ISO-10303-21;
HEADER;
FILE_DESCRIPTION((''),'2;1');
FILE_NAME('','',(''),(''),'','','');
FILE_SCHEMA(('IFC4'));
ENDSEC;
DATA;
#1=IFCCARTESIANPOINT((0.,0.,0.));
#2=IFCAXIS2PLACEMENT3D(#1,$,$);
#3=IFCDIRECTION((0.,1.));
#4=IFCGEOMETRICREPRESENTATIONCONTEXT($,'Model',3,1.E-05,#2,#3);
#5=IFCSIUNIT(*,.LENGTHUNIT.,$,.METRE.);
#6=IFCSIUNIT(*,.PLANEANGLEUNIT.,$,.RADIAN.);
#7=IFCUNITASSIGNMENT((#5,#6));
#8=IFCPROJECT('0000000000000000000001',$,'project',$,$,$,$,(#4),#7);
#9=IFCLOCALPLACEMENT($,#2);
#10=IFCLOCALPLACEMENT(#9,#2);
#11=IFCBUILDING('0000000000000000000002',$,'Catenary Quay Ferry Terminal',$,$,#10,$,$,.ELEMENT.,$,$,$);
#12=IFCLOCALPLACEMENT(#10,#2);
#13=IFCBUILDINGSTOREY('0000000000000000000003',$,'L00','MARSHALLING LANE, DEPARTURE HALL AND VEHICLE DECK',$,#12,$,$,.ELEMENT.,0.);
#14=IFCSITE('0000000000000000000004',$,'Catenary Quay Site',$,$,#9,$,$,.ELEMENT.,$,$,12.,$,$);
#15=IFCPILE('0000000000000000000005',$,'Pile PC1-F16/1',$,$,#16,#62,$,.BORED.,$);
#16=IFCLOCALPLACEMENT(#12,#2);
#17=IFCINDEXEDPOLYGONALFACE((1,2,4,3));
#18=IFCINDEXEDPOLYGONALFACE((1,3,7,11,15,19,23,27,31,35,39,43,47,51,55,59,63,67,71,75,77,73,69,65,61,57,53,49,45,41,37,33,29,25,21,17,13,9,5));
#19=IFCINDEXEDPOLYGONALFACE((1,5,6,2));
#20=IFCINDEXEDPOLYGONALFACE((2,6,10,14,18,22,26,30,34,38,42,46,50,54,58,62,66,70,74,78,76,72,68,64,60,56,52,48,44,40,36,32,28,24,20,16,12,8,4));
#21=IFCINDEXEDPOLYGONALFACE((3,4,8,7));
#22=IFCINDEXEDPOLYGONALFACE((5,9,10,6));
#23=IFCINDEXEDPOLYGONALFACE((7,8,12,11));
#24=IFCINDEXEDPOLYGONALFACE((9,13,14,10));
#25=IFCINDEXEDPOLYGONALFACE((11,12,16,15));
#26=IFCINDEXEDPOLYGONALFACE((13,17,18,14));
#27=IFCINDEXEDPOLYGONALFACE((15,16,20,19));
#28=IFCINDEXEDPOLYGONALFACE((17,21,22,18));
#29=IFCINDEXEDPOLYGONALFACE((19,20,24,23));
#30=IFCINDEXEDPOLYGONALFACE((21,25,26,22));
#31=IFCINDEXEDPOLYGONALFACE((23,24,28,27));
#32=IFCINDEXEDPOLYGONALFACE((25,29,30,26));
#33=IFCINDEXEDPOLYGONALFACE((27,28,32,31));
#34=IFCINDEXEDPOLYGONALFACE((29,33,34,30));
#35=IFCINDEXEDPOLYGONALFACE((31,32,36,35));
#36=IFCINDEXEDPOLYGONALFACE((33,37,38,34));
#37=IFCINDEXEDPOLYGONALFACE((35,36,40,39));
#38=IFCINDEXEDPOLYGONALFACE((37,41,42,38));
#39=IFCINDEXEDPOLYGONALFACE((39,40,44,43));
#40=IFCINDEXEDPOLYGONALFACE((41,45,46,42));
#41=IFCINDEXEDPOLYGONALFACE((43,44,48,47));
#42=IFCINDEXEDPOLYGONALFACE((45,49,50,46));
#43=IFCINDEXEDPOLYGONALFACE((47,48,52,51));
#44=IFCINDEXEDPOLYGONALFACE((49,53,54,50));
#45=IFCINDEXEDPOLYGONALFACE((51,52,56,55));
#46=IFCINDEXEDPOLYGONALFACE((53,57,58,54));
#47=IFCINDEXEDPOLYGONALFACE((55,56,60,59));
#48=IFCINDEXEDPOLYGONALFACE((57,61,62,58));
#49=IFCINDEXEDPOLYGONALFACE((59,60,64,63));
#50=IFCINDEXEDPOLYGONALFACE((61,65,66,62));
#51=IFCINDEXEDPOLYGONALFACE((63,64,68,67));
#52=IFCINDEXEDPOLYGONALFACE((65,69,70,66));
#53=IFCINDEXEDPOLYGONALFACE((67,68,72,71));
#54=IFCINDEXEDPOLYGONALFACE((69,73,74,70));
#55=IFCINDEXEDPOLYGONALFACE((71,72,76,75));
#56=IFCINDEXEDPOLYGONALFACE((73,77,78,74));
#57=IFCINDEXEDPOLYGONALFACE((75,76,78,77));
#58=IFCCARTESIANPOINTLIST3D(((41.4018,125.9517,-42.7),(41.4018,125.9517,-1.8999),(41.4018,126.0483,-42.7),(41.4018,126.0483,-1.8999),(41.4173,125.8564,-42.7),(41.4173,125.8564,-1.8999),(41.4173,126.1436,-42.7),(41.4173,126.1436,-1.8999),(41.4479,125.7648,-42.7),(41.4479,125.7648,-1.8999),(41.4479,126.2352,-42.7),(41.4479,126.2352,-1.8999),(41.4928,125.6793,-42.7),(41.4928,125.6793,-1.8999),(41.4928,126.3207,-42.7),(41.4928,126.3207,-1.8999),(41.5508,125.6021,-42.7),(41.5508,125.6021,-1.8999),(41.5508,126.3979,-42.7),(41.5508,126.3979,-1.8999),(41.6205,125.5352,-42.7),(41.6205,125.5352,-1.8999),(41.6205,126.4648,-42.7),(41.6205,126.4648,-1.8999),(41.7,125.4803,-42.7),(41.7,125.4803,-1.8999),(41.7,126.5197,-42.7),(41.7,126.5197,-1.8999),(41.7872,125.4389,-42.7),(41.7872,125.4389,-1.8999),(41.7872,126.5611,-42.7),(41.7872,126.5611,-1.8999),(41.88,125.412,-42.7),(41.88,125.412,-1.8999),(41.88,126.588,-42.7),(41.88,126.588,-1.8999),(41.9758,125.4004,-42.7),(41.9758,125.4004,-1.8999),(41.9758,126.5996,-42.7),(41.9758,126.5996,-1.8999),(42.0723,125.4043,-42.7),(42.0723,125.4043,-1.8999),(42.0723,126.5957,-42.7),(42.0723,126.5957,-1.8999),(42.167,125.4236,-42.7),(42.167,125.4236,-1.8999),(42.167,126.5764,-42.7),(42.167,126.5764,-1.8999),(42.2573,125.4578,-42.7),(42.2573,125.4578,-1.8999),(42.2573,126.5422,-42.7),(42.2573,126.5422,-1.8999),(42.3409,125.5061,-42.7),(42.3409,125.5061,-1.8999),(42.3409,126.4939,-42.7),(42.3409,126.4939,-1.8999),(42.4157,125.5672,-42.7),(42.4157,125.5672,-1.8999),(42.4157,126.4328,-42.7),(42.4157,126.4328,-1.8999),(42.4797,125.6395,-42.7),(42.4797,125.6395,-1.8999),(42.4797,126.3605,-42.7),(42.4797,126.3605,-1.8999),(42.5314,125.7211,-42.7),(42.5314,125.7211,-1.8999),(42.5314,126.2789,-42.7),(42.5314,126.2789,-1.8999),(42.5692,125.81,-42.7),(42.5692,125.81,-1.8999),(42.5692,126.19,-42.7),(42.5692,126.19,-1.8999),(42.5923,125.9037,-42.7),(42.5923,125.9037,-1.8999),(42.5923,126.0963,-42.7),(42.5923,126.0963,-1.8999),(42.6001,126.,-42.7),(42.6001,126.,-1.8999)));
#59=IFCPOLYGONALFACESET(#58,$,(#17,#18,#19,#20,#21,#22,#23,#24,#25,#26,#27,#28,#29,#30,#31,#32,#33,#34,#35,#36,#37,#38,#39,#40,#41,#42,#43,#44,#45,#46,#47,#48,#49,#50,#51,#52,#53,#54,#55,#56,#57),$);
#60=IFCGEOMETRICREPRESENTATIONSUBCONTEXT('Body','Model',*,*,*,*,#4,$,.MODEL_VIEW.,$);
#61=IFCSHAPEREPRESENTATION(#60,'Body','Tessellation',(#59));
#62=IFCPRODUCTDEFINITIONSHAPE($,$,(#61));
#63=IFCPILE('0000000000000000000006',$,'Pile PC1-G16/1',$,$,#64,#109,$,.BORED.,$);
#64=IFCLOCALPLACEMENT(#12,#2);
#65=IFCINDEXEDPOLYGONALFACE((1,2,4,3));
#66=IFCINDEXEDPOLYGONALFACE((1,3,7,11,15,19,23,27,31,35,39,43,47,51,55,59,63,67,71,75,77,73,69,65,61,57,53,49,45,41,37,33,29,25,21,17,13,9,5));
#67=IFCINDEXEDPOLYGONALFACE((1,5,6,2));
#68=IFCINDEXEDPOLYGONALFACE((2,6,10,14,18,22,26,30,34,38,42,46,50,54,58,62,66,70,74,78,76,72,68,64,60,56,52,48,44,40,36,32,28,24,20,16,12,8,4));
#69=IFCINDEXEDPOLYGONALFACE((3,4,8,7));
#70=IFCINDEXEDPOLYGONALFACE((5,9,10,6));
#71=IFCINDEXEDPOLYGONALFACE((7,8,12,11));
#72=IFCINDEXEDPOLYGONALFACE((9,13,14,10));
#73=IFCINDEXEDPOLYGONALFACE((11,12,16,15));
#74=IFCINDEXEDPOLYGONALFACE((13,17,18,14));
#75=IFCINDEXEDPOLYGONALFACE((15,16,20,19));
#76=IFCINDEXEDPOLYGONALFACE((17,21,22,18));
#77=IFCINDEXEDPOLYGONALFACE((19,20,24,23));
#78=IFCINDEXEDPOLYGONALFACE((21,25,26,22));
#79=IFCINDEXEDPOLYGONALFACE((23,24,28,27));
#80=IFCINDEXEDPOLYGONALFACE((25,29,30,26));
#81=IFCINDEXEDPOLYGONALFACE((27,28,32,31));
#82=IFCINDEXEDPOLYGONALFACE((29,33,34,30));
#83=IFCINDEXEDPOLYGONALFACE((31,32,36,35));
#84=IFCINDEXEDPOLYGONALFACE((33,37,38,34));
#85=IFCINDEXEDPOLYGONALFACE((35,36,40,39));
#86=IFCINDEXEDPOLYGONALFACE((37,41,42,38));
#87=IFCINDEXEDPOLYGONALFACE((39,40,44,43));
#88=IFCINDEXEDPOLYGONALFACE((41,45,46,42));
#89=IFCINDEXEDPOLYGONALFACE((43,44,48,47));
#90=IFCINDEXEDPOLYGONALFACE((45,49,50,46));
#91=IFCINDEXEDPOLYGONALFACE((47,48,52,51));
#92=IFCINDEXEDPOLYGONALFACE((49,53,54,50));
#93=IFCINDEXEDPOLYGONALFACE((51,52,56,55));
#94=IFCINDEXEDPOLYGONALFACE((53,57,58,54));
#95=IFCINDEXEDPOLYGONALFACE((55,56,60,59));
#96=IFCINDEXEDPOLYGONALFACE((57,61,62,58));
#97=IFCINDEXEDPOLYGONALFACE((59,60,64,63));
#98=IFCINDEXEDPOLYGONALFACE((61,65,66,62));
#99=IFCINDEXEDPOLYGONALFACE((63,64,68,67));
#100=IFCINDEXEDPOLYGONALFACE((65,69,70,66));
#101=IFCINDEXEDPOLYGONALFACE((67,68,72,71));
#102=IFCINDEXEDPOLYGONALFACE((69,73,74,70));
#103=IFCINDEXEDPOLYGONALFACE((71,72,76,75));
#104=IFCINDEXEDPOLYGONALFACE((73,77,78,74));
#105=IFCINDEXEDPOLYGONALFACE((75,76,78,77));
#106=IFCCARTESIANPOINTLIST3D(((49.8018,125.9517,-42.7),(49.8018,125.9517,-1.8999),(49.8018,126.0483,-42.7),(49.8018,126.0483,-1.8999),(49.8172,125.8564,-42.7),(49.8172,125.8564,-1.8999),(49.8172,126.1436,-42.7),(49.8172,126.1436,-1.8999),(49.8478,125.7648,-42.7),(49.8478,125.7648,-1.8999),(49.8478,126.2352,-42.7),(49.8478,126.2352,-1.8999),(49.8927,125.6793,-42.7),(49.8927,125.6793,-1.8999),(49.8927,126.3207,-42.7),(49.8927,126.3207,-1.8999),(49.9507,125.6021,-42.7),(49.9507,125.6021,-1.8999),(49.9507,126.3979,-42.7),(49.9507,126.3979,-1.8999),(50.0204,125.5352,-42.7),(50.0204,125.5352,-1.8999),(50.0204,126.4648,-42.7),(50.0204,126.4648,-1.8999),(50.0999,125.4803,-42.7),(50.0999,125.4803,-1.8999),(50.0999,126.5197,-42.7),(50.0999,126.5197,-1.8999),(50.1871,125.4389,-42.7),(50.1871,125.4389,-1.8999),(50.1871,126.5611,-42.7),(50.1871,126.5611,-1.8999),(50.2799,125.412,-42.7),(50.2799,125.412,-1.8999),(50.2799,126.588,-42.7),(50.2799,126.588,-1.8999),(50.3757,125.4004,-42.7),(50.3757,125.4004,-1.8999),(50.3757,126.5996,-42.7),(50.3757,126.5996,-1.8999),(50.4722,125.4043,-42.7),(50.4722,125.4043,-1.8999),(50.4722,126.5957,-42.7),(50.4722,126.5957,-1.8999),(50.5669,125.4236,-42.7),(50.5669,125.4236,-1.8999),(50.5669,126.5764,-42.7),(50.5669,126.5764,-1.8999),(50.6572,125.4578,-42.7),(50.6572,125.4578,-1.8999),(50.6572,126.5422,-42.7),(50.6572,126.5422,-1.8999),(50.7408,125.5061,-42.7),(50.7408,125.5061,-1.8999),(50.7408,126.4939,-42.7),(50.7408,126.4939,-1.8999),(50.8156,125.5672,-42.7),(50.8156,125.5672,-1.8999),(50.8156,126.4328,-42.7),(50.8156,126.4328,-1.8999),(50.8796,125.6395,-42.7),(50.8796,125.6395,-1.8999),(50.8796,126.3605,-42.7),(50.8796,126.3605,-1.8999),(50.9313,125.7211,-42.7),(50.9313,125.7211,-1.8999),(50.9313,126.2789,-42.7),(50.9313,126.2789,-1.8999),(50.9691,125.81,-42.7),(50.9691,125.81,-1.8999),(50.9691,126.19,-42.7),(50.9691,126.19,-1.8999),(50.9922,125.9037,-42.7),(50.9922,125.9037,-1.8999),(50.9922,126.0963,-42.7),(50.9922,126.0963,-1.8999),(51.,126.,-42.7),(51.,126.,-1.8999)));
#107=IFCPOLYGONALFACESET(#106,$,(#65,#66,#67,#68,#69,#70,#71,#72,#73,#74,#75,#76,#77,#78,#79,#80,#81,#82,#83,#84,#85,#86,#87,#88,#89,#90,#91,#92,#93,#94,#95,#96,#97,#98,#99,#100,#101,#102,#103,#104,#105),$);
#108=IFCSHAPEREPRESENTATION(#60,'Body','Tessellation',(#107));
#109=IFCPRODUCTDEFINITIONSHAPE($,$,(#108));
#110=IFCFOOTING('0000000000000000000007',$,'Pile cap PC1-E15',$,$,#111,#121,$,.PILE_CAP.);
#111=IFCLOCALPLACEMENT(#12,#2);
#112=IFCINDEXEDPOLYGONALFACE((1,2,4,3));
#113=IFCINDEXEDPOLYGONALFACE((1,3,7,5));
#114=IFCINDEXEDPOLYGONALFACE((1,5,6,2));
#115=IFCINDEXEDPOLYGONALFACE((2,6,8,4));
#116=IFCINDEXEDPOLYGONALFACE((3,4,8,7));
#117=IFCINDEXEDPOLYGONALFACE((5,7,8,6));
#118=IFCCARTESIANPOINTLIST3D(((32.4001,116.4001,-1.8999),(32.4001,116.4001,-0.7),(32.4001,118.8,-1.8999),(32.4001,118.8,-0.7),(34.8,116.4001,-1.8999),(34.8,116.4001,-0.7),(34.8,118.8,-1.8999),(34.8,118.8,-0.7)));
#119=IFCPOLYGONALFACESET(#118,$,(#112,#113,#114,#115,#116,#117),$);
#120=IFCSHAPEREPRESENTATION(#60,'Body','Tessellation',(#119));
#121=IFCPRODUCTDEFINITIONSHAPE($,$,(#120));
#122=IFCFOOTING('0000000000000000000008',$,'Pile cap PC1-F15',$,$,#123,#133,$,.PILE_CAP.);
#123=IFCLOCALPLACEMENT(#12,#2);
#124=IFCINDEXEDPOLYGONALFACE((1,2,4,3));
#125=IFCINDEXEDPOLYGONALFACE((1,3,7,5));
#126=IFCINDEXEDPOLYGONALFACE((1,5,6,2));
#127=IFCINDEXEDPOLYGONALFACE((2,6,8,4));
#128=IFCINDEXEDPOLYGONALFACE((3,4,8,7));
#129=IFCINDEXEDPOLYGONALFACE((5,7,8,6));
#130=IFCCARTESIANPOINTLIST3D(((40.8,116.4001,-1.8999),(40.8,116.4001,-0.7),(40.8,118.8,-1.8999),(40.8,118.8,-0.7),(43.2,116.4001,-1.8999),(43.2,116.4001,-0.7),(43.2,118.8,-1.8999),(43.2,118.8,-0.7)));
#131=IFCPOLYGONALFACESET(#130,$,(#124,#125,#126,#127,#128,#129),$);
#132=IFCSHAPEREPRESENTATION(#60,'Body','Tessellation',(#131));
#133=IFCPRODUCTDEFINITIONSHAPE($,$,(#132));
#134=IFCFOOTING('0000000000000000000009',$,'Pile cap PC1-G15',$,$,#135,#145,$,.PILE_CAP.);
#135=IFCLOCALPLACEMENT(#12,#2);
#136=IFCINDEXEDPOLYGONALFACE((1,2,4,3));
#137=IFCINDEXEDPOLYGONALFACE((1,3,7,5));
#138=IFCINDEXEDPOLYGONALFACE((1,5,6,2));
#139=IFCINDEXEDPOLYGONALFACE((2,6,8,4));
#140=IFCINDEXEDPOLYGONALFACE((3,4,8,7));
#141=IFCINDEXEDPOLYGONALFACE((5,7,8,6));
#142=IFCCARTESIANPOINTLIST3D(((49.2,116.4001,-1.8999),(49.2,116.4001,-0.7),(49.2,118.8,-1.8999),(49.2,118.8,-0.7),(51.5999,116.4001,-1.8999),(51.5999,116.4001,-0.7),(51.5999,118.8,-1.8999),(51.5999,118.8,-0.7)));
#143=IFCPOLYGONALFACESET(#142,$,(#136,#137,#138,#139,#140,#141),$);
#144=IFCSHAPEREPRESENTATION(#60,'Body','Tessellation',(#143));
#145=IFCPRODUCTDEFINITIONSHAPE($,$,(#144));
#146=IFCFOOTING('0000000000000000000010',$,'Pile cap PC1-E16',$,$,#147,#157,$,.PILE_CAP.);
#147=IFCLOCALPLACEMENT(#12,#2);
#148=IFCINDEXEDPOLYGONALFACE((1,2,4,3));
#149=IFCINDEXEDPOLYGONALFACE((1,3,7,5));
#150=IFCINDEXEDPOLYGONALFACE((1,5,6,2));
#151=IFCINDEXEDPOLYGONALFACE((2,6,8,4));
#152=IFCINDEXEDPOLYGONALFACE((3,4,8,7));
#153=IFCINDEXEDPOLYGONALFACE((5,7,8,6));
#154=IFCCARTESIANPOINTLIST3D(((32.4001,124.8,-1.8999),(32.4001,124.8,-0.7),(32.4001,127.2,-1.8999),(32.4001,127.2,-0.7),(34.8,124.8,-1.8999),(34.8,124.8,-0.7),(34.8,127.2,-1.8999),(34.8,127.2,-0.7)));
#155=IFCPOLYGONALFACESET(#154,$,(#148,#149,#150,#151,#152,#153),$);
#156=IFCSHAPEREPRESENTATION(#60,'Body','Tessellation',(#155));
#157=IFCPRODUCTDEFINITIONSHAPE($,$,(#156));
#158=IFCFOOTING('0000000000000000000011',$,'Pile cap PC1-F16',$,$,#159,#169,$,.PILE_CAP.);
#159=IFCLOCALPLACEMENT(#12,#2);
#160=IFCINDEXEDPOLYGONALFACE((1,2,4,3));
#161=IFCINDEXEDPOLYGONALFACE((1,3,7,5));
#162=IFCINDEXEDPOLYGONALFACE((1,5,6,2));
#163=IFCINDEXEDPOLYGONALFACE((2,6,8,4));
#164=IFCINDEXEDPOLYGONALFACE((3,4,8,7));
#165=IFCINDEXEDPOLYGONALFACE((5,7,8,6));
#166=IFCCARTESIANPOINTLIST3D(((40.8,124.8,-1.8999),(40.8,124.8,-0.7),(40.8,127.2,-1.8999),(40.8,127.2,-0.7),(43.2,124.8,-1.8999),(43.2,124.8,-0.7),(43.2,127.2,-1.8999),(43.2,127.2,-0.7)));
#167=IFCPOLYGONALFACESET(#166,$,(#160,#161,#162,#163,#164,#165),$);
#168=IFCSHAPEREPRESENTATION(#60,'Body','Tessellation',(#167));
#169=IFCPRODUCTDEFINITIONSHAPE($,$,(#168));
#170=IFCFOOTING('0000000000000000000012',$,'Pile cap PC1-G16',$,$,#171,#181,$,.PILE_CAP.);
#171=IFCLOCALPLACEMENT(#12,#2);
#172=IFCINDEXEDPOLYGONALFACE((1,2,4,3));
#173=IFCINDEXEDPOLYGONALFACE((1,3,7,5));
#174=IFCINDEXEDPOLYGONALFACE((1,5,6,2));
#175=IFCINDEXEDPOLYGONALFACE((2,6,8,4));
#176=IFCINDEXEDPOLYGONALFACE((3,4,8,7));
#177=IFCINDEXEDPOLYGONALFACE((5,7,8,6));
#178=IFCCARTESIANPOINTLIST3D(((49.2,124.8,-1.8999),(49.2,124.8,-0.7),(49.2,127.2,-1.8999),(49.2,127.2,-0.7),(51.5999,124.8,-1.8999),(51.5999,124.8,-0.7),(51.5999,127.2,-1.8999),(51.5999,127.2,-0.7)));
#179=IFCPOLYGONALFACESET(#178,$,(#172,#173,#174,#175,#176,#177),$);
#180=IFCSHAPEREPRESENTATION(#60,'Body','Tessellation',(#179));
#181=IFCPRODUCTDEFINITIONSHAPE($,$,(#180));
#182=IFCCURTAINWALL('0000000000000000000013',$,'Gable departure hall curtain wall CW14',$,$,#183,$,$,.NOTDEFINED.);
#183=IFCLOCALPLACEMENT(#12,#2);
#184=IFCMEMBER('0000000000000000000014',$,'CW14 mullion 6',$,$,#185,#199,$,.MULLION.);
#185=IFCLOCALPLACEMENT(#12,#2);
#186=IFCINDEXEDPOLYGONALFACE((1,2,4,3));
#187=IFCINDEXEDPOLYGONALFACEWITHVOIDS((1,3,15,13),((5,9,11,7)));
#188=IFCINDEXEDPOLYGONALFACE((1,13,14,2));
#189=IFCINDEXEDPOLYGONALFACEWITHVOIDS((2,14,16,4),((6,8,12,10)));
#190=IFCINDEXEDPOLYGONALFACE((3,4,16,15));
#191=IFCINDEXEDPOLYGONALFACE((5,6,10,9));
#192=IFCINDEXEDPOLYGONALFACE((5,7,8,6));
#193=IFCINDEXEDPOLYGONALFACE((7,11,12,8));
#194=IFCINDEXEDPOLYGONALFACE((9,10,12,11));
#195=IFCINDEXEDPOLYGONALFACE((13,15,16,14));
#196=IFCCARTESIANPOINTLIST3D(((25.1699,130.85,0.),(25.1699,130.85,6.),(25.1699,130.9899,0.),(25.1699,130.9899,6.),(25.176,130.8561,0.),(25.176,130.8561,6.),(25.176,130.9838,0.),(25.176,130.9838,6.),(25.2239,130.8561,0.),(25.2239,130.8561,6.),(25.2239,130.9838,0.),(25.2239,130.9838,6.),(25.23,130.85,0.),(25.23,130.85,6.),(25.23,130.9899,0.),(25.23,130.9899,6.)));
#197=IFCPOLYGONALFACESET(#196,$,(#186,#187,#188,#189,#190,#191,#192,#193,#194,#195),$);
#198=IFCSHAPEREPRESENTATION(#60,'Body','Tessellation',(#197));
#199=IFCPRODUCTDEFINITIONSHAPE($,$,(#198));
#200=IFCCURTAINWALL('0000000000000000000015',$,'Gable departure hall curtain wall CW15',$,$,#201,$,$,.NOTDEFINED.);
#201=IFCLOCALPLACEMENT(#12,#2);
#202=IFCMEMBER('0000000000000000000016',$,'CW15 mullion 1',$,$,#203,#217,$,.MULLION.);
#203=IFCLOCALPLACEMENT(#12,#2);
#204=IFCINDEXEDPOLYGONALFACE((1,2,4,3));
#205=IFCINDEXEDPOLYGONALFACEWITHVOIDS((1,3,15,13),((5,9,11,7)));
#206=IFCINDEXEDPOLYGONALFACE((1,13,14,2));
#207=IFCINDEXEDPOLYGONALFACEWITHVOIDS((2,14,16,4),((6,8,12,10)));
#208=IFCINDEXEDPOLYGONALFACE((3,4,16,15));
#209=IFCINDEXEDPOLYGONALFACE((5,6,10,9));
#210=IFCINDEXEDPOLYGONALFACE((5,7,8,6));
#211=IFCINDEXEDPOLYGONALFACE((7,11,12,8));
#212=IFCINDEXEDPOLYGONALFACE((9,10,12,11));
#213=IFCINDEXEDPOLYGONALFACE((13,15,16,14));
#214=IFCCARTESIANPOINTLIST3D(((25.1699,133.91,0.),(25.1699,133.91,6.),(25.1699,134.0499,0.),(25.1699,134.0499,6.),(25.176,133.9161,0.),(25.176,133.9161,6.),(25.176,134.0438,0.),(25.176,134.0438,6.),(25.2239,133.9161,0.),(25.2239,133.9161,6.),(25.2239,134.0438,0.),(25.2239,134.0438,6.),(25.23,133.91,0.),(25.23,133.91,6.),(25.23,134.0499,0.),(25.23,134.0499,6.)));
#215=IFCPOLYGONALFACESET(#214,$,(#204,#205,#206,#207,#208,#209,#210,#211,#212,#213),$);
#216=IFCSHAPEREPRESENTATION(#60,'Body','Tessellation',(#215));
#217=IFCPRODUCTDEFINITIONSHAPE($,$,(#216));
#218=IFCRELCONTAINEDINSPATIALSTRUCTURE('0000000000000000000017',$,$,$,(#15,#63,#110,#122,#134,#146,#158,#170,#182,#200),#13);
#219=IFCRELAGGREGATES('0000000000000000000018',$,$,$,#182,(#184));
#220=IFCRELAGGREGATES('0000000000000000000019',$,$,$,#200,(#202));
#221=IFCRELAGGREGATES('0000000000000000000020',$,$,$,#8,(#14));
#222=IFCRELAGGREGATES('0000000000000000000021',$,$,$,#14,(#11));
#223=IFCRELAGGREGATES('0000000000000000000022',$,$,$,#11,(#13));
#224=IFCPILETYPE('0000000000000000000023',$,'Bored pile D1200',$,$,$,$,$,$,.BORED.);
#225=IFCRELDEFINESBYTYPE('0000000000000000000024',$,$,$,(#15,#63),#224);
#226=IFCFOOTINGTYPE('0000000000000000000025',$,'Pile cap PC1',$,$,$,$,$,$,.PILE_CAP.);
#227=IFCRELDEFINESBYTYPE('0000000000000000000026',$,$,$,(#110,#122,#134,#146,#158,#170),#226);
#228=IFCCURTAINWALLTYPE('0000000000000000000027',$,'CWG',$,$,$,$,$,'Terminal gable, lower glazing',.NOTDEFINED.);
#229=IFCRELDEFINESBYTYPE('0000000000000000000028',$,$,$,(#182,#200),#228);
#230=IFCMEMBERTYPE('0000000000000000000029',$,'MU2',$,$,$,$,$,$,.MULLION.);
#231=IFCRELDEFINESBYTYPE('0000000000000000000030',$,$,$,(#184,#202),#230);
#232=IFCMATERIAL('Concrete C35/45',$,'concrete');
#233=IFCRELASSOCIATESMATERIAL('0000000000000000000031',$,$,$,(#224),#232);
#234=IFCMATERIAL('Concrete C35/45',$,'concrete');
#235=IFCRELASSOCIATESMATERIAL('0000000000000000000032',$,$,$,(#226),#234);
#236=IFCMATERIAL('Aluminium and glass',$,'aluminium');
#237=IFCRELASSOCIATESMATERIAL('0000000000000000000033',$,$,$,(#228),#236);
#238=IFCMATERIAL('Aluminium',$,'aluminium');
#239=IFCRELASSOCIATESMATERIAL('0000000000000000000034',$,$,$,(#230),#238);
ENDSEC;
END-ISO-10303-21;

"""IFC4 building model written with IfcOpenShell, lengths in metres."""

from ifc_helpers import new_model, si_unit, direction, frame, origin, origin_2d, place, context, subcontext, project, spatial, rectangle, hollow_rectangle, circle, extrude, material, material_profile, profile_set, type_object, element, aggregate, save


model = new_model("IFC4")

# Units and contexts
model_context = context("Model", 3, precision=1e-05, world=origin(), true_north=direction((0.0, 1.0)))
body_context = subcontext(model_context, "Body", "Model", "MODEL_VIEW")
ifc_project = project(units=[si_unit("LENGTHUNIT", "METRE"), si_unit("PLANEANGLEUNIT", "RADIAN")], contexts=[model_context])

# Site, building, storey
site_placement = place(None, origin())
site = spatial("IfcSite", under=ifc_project, at=site_placement, Name="Catenary Quay Site", CompositionType="ELEMENT", RefElevation=12.0)
building_placement = place(site_placement, origin())
building = spatial("IfcBuilding", under=site, at=building_placement, Name="Catenary Quay Ferry Terminal", CompositionType="ELEMENT")
storey_placement = place(building_placement, origin())
storey = spatial("IfcBuildingStorey", under=building, at=storey_placement, Name="L00", Description="MARSHALLING LANE, DEPARTURE HALL AND VEHICLE DECK", CompositionType="ELEMENT", Elevation=0.0)

# Piles
ifc_material_1 = material(Name="Concrete C35/45", Category="concrete")
ifc_material_profile_1 = material_profile(ifc_material_1, circle(Radius=0.6001, at=origin_2d()), Name="D1200")
ifc_profile_set_1 = profile_set([ifc_material_profile_1], Name="Concrete C35/45")
pile_type = type_object("IfcPileType", Name="Bored pile D1200", PredefinedType="BORED", material=ifc_profile_set_1)
for number, where, z_axis, x_axis, name in (
    (1, (42.0, 126.0, -1.8999), (0.0, 0.0, -1.0), (1.0, 0.0, 0.0), "Pile PC1-F16/1"),
    (2, (50.3999, 126.0, -1.8999), (0.0, 0.0, -1.0), (1.0, 0.0, 0.0), "Pile PC1-G16/1"),
):
    element("IfcPile", number, at=place(storey_placement, frame(where, z_axis=z_axis, x_axis=x_axis)), inside=storey, type_object=pile_type, Name=name, PredefinedType="BORED", context=body_context, shape_type="SweptSolid", body=[
        extrude(circle(Radius=0.6001, at=origin_2d()), origin(), (0.0, 0.0, 1.0), 40.8),
    ])

# Footings
ifc_material_2 = material(Name="Concrete C35/45", Category="concrete")
footing_type = type_object("IfcFootingType", Name="Pile cap PC1", PredefinedType="PILE_CAP", material=ifc_material_2)
for number, where, z_axis, x_axis, name in (
    (3, (33.6001, 117.6001, -1.8999), (0.0, 0.0, 1.0), (1.0, 0.0, 0.0), "Pile cap PC1-E15"),
    (4, (42.0, 117.6001, -1.8999), (0.0, 0.0, 1.0), (1.0, 0.0, 0.0), "Pile cap PC1-F15"),
    (5, (50.3999, 117.6001, -1.8999), (0.0, 0.0, 1.0), (1.0, 0.0, 0.0), "Pile cap PC1-G15"),
    (6, (33.6001, 126.0, -1.8999), (0.0, 0.0, 1.0), (1.0, 0.0, 0.0), "Pile cap PC1-E16"),
    (7, (42.0, 126.0, -1.8999), (0.0, 0.0, 1.0), (1.0, 0.0, 0.0), "Pile cap PC1-F16"),
    (8, (50.3999, 126.0, -1.8999), (0.0, 0.0, 1.0), (1.0, 0.0, 0.0), "Pile cap PC1-G16"),
):
    element("IfcFooting", number, at=place(storey_placement, frame(where, z_axis=z_axis, x_axis=x_axis)), inside=storey, type_object=footing_type, Name=name, PredefinedType="PILE_CAP", context=body_context, shape_type="SweptSolid", body=[
        extrude(rectangle(XDim=2.3999, YDim=2.3999, at=origin_2d()), origin(), (0.0, 0.0, 1.0), 1.2),
    ])

# Curtain wall, member
ifc_material_3 = material(Name="Aluminium and glass", Category="aluminium")
curtain_wall_type = type_object("IfcCurtainWallType", Name="CWG", ElementType="Terminal gable, lower glazing", PredefinedType="NOTDEFINED", material=ifc_material_3)
curtain_wall_1_placement = place(storey_placement, origin())
curtain_wall_1 = element("IfcCurtainWall", 9, at=curtain_wall_1_placement, inside=storey, type_object=curtain_wall_type, Name="Gable departure hall curtain wall CW14", PredefinedType="NOTDEFINED")
ifc_material_4 = material(Name="Aluminium", Category="aluminium")
ifc_material_profile_2 = material_profile(ifc_material_4, hollow_rectangle(XDim=0.0601, YDim=0.1399, WallThickness=0.0061, at=origin_2d()), Name="MU2")
ifc_profile_set_2 = profile_set([ifc_material_profile_2], Name="Aluminium")
member_type_1 = type_object("IfcMemberType", Name="MU2", PredefinedType="MULLION", material=ifc_profile_set_2)
member_1_placement = place(storey_placement, frame((25.2, 130.9199, 0.0), z_axis=(0.0, 0.0, 1.0), x_axis=(-1.0, 0.0, 0.0)))
member_1 = element("IfcMember", 10, at=member_1_placement, type_object=member_type_1, Name="CW14 mullion 6", PredefinedType="MULLION", context=body_context, shape_type="SweptSolid", body=[
    extrude(hollow_rectangle(XDim=0.0601, YDim=0.1399, WallThickness=0.0061, at=origin_2d()), origin(), (0.0, 0.0, 1.0), 6.0),
])
aggregate(curtain_wall_1, [member_1])

# Curtain wall, member
curtain_wall_2_placement = place(storey_placement, origin())
curtain_wall_2 = element("IfcCurtainWall", 11, at=curtain_wall_2_placement, inside=storey, type_object=curtain_wall_type, Name="Gable departure hall curtain wall CW15", PredefinedType="NOTDEFINED")
member_2_placement = place(storey_placement, frame((25.2, 133.98, 0.0), z_axis=(0.0, 0.0, 1.0), x_axis=(-1.0, 0.0, 0.0)))
member_2 = element("IfcMember", 12, at=member_2_placement, type_object=member_type_1, Name="CW15 mullion 1", PredefinedType="MULLION", context=body_context, shape_type="SweptSolid", body=[
    extrude(hollow_rectangle(XDim=0.0601, YDim=0.1399, WallThickness=0.0061, at=origin_2d()), origin(), (0.0, 0.0, 1.0), 6.0),
])
aggregate(curtain_wall_2, [member_2])

save(model, "model.ifc")
